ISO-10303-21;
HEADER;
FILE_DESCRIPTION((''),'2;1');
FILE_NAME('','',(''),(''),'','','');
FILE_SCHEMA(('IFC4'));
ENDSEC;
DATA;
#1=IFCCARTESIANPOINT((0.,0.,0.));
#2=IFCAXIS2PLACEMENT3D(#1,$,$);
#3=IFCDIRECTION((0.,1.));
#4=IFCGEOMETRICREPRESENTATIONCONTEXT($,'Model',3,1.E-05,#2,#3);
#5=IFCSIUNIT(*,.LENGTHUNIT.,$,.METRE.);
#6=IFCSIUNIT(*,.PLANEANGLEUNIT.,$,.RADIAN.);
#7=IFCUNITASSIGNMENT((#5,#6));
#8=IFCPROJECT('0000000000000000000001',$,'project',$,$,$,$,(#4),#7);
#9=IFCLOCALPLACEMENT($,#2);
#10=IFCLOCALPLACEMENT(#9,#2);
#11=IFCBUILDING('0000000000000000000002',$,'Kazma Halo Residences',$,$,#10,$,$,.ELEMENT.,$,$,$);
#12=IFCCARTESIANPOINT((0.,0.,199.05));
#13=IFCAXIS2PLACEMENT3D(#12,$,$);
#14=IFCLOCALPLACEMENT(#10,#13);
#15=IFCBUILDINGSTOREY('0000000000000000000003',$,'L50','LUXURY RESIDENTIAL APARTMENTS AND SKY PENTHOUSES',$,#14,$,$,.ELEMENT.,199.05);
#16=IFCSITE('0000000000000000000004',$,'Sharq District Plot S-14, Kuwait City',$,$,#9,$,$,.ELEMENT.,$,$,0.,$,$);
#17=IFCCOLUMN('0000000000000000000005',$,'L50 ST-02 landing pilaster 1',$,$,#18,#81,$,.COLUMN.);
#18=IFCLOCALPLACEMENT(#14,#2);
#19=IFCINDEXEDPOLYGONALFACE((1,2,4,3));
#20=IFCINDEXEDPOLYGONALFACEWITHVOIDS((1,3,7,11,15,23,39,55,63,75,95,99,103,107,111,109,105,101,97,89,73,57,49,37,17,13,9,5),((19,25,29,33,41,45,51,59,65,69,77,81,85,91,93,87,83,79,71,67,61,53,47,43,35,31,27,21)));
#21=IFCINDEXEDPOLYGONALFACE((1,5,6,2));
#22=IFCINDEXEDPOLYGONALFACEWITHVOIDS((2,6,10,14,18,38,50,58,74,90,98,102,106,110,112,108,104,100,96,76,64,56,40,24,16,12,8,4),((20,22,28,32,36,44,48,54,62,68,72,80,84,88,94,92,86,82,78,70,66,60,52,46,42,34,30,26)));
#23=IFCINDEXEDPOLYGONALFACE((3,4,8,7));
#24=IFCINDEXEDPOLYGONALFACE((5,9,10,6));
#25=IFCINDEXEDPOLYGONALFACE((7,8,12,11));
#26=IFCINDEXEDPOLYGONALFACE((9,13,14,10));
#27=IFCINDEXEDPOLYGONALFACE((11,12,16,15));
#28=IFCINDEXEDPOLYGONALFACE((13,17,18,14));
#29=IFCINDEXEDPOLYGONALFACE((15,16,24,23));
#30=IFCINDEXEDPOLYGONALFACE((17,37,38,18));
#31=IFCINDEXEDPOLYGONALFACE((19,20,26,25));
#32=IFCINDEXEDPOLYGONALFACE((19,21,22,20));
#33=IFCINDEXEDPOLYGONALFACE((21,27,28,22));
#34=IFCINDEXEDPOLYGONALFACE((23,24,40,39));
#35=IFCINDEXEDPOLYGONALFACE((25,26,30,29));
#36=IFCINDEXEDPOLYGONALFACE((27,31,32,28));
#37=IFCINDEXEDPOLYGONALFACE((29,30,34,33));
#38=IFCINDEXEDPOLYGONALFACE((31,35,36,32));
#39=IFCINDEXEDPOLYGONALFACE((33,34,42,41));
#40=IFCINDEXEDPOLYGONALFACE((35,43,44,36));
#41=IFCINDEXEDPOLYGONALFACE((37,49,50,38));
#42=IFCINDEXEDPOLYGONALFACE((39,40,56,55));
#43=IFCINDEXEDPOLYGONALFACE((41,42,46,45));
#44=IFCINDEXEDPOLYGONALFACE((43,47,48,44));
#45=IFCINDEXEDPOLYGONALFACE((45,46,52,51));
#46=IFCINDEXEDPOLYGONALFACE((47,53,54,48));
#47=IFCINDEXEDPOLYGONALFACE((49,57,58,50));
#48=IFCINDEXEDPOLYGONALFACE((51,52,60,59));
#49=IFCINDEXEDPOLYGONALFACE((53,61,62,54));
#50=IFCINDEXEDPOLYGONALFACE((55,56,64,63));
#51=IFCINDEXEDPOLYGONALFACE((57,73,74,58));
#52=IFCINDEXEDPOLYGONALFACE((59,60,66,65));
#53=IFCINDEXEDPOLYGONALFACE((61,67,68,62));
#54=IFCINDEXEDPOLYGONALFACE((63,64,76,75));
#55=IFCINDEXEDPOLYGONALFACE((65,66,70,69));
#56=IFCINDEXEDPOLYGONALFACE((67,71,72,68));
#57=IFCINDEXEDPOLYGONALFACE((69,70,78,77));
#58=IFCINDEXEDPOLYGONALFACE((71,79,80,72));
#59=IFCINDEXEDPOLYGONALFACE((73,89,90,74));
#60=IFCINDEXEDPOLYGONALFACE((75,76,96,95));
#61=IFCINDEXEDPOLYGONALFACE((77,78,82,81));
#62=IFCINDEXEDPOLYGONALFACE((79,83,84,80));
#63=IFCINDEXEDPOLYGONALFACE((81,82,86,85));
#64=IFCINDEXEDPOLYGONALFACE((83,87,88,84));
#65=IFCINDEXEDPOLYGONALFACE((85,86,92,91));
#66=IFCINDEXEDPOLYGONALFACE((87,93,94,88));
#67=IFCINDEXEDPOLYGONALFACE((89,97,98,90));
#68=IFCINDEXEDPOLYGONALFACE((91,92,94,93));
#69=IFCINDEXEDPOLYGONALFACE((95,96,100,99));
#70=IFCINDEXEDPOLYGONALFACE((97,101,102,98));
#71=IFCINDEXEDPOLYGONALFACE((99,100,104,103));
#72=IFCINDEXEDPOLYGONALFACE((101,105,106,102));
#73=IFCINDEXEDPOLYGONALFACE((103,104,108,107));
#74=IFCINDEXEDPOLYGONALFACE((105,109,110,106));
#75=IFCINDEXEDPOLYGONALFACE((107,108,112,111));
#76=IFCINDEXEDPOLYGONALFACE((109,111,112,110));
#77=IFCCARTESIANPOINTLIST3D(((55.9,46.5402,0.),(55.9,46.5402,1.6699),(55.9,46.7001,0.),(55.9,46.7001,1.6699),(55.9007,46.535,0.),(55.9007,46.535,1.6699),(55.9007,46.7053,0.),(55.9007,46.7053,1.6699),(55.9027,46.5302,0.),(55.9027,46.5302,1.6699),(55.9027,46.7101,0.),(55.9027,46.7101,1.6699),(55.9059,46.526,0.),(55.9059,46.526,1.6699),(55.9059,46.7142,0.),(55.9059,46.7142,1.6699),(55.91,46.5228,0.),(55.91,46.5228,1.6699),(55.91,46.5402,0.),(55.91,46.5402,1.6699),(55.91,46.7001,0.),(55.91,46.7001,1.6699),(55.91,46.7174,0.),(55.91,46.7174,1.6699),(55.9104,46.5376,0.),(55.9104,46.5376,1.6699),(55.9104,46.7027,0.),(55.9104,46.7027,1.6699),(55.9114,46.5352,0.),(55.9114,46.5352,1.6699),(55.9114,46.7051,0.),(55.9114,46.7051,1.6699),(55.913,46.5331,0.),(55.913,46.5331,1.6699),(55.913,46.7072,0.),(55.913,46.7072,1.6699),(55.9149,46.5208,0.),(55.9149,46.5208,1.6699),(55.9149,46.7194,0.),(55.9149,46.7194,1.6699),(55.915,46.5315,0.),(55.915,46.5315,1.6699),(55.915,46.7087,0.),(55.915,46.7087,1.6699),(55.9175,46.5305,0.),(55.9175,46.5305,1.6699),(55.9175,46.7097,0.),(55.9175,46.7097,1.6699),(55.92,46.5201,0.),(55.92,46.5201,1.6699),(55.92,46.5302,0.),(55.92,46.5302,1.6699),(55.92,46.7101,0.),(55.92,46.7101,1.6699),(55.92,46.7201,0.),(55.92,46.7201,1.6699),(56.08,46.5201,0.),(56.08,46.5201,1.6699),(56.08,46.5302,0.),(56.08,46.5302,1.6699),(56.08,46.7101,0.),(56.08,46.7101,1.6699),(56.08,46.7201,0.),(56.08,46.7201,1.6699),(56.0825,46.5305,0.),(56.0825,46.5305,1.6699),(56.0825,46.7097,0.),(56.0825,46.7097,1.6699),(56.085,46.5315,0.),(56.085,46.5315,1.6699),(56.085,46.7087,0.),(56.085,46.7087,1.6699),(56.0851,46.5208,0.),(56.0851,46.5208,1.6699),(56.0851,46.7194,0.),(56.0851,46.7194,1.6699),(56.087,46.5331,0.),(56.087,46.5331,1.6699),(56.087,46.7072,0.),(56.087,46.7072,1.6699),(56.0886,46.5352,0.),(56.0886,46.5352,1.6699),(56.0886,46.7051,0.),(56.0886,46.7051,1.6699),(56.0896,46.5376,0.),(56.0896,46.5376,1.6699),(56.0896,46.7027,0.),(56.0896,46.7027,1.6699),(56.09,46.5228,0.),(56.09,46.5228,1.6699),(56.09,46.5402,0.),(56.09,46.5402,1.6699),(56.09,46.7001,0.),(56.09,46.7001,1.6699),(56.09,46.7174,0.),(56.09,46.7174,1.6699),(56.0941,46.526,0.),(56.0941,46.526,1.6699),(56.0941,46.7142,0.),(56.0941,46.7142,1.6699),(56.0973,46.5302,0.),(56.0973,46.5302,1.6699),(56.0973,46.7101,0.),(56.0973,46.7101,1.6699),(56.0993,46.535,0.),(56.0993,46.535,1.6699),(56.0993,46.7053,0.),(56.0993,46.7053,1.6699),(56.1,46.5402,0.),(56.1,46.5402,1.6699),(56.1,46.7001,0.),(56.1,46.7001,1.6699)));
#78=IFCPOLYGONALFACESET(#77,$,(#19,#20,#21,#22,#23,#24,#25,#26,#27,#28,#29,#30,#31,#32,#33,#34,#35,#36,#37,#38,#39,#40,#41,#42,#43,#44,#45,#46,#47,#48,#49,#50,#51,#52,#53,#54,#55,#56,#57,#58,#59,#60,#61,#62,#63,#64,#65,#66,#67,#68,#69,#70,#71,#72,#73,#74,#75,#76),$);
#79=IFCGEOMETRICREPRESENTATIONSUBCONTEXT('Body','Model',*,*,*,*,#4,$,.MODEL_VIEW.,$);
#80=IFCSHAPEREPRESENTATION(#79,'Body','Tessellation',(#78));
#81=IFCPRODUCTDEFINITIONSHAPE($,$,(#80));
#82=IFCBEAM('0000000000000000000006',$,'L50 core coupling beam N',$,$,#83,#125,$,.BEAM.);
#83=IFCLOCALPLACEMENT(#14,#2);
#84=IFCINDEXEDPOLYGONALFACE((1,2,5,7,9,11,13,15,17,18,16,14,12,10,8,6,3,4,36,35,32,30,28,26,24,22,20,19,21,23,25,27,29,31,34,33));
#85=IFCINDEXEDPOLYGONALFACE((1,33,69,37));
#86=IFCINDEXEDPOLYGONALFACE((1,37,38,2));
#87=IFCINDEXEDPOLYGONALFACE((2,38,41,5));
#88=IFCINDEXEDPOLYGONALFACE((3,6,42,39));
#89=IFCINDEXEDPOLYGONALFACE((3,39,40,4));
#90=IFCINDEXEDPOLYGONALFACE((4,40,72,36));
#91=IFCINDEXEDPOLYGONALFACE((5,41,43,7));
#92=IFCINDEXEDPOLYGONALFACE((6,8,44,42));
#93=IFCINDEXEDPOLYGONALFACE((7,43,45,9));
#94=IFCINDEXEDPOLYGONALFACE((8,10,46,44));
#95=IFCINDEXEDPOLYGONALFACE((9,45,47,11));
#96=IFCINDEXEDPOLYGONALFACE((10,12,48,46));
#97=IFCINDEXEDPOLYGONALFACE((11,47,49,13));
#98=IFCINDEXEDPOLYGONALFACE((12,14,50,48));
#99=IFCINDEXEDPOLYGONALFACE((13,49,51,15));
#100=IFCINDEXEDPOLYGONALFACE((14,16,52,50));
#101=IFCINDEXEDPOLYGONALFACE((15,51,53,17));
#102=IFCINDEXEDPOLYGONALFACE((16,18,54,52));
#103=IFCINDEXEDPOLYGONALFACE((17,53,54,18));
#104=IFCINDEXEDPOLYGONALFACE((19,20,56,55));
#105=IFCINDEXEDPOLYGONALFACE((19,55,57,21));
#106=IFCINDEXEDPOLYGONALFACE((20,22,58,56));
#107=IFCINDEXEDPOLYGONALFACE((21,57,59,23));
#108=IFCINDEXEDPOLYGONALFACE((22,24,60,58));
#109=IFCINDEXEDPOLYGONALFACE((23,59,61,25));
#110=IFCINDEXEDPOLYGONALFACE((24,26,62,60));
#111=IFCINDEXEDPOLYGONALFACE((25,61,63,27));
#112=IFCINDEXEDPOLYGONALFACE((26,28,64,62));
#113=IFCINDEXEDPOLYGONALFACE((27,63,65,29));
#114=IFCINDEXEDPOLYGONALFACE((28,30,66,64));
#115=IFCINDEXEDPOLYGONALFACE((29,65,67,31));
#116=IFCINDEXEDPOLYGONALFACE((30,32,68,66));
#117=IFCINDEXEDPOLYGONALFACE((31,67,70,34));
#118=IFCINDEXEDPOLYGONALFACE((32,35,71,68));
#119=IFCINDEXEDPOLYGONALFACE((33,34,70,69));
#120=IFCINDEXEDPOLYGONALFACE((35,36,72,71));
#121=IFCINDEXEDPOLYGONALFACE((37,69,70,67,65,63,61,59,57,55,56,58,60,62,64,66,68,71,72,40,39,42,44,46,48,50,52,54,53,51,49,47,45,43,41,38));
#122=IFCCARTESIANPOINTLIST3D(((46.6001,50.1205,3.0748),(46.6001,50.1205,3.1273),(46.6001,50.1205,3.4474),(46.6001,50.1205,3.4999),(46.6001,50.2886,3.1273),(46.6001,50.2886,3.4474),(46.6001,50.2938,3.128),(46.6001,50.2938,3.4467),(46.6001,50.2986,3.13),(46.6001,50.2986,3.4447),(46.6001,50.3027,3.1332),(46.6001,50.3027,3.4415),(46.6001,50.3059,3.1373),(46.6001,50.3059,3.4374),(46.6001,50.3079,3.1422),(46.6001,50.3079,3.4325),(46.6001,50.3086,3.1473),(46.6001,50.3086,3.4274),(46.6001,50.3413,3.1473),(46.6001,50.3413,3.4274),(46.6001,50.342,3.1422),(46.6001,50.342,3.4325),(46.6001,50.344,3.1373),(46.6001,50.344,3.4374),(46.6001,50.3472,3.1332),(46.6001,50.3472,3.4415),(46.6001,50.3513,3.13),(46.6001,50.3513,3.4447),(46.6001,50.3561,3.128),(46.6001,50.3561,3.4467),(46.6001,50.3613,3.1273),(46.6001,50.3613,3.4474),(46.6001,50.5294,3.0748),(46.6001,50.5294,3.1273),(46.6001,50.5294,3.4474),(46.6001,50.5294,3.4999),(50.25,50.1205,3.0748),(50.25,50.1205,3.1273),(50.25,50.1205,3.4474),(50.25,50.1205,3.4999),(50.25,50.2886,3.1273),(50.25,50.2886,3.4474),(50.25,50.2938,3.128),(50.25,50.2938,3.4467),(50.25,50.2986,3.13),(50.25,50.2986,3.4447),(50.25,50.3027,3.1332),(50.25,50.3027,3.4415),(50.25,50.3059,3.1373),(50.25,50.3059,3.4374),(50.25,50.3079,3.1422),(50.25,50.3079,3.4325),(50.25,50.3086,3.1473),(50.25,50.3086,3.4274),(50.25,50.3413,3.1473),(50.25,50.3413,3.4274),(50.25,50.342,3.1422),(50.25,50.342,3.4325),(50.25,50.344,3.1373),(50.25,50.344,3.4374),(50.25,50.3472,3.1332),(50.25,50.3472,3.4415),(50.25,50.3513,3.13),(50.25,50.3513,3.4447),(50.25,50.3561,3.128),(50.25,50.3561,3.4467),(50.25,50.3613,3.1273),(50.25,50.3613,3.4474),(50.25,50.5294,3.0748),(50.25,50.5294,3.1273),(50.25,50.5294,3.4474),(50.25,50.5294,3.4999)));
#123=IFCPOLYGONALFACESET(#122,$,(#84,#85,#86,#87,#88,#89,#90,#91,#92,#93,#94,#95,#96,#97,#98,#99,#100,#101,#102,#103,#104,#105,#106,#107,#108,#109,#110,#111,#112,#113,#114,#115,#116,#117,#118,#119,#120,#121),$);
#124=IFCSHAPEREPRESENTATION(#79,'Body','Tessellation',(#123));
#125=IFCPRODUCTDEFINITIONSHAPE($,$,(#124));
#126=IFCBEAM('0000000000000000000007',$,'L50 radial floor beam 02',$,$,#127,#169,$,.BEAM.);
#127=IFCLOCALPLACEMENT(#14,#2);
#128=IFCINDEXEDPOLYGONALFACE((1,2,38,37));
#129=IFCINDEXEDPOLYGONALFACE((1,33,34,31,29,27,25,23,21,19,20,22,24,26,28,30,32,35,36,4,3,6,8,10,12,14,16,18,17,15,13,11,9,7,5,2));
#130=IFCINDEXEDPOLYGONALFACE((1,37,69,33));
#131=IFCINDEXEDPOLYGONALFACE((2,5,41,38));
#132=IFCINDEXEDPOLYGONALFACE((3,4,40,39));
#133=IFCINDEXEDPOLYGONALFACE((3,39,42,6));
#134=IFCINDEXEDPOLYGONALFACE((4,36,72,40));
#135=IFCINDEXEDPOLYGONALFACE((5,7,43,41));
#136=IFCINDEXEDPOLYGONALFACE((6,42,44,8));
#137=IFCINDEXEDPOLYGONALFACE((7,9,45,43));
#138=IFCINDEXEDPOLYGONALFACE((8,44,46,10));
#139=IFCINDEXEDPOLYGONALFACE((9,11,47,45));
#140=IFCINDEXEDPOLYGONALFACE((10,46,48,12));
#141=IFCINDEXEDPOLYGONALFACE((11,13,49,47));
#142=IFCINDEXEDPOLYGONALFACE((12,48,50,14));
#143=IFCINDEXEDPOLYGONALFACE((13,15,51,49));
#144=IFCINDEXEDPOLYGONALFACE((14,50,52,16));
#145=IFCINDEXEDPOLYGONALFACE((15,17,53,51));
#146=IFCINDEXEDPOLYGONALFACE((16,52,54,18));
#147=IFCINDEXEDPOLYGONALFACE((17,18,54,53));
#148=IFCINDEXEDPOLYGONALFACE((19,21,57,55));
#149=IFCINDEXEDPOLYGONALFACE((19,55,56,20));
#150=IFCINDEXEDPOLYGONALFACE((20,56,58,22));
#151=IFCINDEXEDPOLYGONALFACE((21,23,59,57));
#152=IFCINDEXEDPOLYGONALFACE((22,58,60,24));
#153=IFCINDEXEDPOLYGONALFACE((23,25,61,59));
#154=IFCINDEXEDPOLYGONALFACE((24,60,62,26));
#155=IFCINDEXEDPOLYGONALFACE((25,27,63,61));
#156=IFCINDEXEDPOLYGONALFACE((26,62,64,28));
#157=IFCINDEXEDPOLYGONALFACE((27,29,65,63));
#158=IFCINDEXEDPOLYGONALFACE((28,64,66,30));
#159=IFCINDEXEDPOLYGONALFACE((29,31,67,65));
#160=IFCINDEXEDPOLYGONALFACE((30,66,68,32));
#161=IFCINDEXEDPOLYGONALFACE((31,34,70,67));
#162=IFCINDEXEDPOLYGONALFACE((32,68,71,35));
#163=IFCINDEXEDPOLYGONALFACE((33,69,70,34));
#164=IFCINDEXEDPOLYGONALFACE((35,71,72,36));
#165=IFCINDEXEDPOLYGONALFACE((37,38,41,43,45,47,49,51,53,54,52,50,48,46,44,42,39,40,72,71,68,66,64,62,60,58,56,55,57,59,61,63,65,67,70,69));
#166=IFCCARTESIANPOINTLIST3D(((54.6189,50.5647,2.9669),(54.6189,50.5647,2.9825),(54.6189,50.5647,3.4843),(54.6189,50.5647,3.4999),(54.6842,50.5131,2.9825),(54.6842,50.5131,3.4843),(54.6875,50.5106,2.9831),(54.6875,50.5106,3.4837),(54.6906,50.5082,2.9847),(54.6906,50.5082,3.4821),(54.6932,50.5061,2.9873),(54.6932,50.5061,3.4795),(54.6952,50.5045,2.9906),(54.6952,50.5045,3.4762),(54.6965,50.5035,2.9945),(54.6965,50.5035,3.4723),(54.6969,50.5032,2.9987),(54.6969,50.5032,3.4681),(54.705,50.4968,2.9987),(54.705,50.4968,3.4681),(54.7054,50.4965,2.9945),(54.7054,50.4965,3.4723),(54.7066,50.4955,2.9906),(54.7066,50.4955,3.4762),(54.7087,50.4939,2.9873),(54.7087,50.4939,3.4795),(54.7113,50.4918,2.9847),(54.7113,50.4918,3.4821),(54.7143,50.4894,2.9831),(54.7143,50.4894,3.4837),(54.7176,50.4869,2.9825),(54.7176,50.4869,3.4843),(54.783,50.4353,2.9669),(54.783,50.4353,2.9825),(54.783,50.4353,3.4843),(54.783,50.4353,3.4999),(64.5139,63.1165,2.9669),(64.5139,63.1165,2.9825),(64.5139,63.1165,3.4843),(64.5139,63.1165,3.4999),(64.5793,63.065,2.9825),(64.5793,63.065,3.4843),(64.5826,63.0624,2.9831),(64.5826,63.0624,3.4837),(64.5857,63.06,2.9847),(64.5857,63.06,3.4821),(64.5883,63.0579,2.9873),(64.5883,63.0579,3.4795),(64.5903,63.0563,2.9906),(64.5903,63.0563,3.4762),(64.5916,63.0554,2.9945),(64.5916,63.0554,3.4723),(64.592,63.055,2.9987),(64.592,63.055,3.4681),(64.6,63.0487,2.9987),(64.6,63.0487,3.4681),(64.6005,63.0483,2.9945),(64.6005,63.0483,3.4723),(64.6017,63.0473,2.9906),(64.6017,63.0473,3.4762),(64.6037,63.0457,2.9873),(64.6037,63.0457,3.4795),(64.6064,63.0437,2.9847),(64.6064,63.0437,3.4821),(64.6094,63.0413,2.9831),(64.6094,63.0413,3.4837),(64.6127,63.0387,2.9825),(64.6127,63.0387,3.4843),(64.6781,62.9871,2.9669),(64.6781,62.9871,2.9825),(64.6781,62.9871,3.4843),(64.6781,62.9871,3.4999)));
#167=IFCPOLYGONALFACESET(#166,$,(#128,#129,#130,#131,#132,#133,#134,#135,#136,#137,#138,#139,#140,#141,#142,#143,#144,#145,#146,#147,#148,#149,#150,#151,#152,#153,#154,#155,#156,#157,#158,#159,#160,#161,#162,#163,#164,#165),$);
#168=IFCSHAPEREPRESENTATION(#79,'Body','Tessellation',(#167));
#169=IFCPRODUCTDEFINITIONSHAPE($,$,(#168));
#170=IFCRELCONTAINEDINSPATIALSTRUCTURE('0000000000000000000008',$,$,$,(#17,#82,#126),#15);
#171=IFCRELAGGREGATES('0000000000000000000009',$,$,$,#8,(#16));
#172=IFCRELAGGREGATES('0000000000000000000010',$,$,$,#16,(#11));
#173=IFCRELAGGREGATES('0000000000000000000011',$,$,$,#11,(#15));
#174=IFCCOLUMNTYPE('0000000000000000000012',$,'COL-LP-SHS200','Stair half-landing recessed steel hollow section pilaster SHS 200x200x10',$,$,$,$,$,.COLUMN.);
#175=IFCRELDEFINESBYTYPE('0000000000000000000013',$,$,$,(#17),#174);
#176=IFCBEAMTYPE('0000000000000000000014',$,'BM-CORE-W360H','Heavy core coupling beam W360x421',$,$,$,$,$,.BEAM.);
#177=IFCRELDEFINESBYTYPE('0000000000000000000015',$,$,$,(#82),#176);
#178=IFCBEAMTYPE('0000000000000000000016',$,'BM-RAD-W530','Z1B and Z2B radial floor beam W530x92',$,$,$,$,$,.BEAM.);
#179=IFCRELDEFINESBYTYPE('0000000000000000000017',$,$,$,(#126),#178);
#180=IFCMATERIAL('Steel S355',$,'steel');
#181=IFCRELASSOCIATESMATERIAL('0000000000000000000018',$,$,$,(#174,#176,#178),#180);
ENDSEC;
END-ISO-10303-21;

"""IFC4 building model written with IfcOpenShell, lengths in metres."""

from ifc_helpers import new_model, si_unit, direction, frame, origin, origin_2d, place, context, subcontext, project, spatial, hollow_rectangle, i_section, extrude, material, material_profile, profile_set, type_object, element, save


model = new_model("IFC4")

# Units and contexts
model_context = context("Model", 3, precision=1e-05, world=origin(), true_north=direction((0.0, 1.0)))
body_context = subcontext(model_context, "Body", "Model", "MODEL_VIEW")
ifc_project = project(units=[si_unit("LENGTHUNIT", "METRE"), si_unit("PLANEANGLEUNIT", "RADIAN")], contexts=[model_context])

# Site, building, storey
site_placement = place(None, origin())
site = spatial("IfcSite", under=ifc_project, at=site_placement, Name="Sharq District Plot S-14, Kuwait City", CompositionType="ELEMENT", RefElevation=0.0)
building_placement = place(site_placement, origin())
building = spatial("IfcBuilding", under=site, at=building_placement, Name="Kazma Halo Residences", CompositionType="ELEMENT")
storey_placement = place(building_placement, frame((0.0, 0.0, 199.05)))
storey = spatial("IfcBuildingStorey", under=building, at=storey_placement, Name="L50", Description="LUXURY RESIDENTIAL APARTMENTS AND SKY PENTHOUSES", CompositionType="ELEMENT", Elevation=199.05)

# Column
ifc_material_1 = material(Name="Steel S355", Category="steel")
ifc_material_profile_1 = material_profile(ifc_material_1, hollow_rectangle(XDim=0.2, YDim=0.2, WallThickness=0.01, InnerFilletRadius=0.01, OuterFilletRadius=0.02, at=origin_2d()), Name="SHS200x200x10")
ifc_profile_set_1 = profile_set([ifc_material_profile_1], Name="Steel S355")
column_type = type_object("IfcColumnType", Name="COL-LP-SHS200", Description="Stair half-landing recessed steel hollow section pilaster SHS 200x200x10", PredefinedType="COLUMN", material=ifc_profile_set_1)
column_placement = place(storey_placement, frame((56.0, 46.6201, 0.0), z_axis=(0.0, 0.0, 1.0), x_axis=(1.0, 0.0, 0.0)))
element("IfcColumn", 1, at=column_placement, inside=storey, type_object=column_type, Name="L50 ST-02 landing pilaster 1", PredefinedType="COLUMN", context=body_context, shape_type="SweptSolid", body=[
    extrude(hollow_rectangle(XDim=0.2, YDim=0.2, WallThickness=0.01, InnerFilletRadius=0.01, OuterFilletRadius=0.02, at=origin_2d()), origin(), (0.0, 0.0, 1.0), 1.6699),
])

# Beams
ifc_material_profile_2 = material_profile(ifc_material_1, i_section(OverallWidth=0.4089, OverallDepth=0.425, WebThickness=0.0327, FlangeThickness=0.0525, FilletRadius=0.02, at=origin_2d()), Name="W360x421")
ifc_profile_set_2 = profile_set([ifc_material_profile_2], Name="Steel S355")
beam_type_1 = type_object("IfcBeamType", Name="BM-CORE-W360H", Description="Heavy core coupling beam W360x421", PredefinedType="BEAM", material=ifc_profile_set_2)
beam_1_placement = place(storey_placement, frame((46.6001, 50.325, 3.2874), z_axis=(1.0, 0.0, 0.0), x_axis=(0.0, 1.0, 0.0)))
element("IfcBeam", 2, at=beam_1_placement, inside=storey, type_object=beam_type_1, Name="L50 core coupling beam N", PredefinedType="BEAM", context=body_context, shape_type="SweptSolid", body=[
    extrude(i_section(OverallWidth=0.4089, OverallDepth=0.425, WebThickness=0.0327, FlangeThickness=0.0525, FilletRadius=0.02, at=origin_2d()), origin(), (0.0, 0.0, 1.0), 3.6499),
])
ifc_material_profile_3 = material_profile(ifc_material_1, i_section(OverallWidth=0.209, OverallDepth=0.533, WebThickness=0.0103, FlangeThickness=0.0156, FilletRadius=0.0161, at=origin_2d()), Name="W530x92")
ifc_profile_set_3 = profile_set([ifc_material_profile_3], Name="Steel S355")
beam_type_2 = type_object("IfcBeamType", Name="BM-RAD-W530", Description="Z1B and Z2B radial floor beam W530x92", PredefinedType="BEAM", material=ifc_profile_set_3)
beam_2_placement = place(storey_placement, frame((54.7009, 50.5, 3.2334), z_axis=(0.619094, 0.785317, 0.0), x_axis=(-0.785317, 0.619094, 0.0)))
element("IfcBeam", 3, at=beam_2_placement, inside=storey, type_object=beam_type_2, Name="L50 radial floor beam 02", PredefinedType="BEAM", context=body_context, shape_type="SweptSolid", body=[
    extrude(i_section(OverallWidth=0.209, OverallDepth=0.533, WebThickness=0.0103, FlangeThickness=0.0156, FilletRadius=0.0161, at=origin_2d()), origin(), (0.0, 0.0, 1.0), 15.9832),
])

save(model, "model.ifc")
